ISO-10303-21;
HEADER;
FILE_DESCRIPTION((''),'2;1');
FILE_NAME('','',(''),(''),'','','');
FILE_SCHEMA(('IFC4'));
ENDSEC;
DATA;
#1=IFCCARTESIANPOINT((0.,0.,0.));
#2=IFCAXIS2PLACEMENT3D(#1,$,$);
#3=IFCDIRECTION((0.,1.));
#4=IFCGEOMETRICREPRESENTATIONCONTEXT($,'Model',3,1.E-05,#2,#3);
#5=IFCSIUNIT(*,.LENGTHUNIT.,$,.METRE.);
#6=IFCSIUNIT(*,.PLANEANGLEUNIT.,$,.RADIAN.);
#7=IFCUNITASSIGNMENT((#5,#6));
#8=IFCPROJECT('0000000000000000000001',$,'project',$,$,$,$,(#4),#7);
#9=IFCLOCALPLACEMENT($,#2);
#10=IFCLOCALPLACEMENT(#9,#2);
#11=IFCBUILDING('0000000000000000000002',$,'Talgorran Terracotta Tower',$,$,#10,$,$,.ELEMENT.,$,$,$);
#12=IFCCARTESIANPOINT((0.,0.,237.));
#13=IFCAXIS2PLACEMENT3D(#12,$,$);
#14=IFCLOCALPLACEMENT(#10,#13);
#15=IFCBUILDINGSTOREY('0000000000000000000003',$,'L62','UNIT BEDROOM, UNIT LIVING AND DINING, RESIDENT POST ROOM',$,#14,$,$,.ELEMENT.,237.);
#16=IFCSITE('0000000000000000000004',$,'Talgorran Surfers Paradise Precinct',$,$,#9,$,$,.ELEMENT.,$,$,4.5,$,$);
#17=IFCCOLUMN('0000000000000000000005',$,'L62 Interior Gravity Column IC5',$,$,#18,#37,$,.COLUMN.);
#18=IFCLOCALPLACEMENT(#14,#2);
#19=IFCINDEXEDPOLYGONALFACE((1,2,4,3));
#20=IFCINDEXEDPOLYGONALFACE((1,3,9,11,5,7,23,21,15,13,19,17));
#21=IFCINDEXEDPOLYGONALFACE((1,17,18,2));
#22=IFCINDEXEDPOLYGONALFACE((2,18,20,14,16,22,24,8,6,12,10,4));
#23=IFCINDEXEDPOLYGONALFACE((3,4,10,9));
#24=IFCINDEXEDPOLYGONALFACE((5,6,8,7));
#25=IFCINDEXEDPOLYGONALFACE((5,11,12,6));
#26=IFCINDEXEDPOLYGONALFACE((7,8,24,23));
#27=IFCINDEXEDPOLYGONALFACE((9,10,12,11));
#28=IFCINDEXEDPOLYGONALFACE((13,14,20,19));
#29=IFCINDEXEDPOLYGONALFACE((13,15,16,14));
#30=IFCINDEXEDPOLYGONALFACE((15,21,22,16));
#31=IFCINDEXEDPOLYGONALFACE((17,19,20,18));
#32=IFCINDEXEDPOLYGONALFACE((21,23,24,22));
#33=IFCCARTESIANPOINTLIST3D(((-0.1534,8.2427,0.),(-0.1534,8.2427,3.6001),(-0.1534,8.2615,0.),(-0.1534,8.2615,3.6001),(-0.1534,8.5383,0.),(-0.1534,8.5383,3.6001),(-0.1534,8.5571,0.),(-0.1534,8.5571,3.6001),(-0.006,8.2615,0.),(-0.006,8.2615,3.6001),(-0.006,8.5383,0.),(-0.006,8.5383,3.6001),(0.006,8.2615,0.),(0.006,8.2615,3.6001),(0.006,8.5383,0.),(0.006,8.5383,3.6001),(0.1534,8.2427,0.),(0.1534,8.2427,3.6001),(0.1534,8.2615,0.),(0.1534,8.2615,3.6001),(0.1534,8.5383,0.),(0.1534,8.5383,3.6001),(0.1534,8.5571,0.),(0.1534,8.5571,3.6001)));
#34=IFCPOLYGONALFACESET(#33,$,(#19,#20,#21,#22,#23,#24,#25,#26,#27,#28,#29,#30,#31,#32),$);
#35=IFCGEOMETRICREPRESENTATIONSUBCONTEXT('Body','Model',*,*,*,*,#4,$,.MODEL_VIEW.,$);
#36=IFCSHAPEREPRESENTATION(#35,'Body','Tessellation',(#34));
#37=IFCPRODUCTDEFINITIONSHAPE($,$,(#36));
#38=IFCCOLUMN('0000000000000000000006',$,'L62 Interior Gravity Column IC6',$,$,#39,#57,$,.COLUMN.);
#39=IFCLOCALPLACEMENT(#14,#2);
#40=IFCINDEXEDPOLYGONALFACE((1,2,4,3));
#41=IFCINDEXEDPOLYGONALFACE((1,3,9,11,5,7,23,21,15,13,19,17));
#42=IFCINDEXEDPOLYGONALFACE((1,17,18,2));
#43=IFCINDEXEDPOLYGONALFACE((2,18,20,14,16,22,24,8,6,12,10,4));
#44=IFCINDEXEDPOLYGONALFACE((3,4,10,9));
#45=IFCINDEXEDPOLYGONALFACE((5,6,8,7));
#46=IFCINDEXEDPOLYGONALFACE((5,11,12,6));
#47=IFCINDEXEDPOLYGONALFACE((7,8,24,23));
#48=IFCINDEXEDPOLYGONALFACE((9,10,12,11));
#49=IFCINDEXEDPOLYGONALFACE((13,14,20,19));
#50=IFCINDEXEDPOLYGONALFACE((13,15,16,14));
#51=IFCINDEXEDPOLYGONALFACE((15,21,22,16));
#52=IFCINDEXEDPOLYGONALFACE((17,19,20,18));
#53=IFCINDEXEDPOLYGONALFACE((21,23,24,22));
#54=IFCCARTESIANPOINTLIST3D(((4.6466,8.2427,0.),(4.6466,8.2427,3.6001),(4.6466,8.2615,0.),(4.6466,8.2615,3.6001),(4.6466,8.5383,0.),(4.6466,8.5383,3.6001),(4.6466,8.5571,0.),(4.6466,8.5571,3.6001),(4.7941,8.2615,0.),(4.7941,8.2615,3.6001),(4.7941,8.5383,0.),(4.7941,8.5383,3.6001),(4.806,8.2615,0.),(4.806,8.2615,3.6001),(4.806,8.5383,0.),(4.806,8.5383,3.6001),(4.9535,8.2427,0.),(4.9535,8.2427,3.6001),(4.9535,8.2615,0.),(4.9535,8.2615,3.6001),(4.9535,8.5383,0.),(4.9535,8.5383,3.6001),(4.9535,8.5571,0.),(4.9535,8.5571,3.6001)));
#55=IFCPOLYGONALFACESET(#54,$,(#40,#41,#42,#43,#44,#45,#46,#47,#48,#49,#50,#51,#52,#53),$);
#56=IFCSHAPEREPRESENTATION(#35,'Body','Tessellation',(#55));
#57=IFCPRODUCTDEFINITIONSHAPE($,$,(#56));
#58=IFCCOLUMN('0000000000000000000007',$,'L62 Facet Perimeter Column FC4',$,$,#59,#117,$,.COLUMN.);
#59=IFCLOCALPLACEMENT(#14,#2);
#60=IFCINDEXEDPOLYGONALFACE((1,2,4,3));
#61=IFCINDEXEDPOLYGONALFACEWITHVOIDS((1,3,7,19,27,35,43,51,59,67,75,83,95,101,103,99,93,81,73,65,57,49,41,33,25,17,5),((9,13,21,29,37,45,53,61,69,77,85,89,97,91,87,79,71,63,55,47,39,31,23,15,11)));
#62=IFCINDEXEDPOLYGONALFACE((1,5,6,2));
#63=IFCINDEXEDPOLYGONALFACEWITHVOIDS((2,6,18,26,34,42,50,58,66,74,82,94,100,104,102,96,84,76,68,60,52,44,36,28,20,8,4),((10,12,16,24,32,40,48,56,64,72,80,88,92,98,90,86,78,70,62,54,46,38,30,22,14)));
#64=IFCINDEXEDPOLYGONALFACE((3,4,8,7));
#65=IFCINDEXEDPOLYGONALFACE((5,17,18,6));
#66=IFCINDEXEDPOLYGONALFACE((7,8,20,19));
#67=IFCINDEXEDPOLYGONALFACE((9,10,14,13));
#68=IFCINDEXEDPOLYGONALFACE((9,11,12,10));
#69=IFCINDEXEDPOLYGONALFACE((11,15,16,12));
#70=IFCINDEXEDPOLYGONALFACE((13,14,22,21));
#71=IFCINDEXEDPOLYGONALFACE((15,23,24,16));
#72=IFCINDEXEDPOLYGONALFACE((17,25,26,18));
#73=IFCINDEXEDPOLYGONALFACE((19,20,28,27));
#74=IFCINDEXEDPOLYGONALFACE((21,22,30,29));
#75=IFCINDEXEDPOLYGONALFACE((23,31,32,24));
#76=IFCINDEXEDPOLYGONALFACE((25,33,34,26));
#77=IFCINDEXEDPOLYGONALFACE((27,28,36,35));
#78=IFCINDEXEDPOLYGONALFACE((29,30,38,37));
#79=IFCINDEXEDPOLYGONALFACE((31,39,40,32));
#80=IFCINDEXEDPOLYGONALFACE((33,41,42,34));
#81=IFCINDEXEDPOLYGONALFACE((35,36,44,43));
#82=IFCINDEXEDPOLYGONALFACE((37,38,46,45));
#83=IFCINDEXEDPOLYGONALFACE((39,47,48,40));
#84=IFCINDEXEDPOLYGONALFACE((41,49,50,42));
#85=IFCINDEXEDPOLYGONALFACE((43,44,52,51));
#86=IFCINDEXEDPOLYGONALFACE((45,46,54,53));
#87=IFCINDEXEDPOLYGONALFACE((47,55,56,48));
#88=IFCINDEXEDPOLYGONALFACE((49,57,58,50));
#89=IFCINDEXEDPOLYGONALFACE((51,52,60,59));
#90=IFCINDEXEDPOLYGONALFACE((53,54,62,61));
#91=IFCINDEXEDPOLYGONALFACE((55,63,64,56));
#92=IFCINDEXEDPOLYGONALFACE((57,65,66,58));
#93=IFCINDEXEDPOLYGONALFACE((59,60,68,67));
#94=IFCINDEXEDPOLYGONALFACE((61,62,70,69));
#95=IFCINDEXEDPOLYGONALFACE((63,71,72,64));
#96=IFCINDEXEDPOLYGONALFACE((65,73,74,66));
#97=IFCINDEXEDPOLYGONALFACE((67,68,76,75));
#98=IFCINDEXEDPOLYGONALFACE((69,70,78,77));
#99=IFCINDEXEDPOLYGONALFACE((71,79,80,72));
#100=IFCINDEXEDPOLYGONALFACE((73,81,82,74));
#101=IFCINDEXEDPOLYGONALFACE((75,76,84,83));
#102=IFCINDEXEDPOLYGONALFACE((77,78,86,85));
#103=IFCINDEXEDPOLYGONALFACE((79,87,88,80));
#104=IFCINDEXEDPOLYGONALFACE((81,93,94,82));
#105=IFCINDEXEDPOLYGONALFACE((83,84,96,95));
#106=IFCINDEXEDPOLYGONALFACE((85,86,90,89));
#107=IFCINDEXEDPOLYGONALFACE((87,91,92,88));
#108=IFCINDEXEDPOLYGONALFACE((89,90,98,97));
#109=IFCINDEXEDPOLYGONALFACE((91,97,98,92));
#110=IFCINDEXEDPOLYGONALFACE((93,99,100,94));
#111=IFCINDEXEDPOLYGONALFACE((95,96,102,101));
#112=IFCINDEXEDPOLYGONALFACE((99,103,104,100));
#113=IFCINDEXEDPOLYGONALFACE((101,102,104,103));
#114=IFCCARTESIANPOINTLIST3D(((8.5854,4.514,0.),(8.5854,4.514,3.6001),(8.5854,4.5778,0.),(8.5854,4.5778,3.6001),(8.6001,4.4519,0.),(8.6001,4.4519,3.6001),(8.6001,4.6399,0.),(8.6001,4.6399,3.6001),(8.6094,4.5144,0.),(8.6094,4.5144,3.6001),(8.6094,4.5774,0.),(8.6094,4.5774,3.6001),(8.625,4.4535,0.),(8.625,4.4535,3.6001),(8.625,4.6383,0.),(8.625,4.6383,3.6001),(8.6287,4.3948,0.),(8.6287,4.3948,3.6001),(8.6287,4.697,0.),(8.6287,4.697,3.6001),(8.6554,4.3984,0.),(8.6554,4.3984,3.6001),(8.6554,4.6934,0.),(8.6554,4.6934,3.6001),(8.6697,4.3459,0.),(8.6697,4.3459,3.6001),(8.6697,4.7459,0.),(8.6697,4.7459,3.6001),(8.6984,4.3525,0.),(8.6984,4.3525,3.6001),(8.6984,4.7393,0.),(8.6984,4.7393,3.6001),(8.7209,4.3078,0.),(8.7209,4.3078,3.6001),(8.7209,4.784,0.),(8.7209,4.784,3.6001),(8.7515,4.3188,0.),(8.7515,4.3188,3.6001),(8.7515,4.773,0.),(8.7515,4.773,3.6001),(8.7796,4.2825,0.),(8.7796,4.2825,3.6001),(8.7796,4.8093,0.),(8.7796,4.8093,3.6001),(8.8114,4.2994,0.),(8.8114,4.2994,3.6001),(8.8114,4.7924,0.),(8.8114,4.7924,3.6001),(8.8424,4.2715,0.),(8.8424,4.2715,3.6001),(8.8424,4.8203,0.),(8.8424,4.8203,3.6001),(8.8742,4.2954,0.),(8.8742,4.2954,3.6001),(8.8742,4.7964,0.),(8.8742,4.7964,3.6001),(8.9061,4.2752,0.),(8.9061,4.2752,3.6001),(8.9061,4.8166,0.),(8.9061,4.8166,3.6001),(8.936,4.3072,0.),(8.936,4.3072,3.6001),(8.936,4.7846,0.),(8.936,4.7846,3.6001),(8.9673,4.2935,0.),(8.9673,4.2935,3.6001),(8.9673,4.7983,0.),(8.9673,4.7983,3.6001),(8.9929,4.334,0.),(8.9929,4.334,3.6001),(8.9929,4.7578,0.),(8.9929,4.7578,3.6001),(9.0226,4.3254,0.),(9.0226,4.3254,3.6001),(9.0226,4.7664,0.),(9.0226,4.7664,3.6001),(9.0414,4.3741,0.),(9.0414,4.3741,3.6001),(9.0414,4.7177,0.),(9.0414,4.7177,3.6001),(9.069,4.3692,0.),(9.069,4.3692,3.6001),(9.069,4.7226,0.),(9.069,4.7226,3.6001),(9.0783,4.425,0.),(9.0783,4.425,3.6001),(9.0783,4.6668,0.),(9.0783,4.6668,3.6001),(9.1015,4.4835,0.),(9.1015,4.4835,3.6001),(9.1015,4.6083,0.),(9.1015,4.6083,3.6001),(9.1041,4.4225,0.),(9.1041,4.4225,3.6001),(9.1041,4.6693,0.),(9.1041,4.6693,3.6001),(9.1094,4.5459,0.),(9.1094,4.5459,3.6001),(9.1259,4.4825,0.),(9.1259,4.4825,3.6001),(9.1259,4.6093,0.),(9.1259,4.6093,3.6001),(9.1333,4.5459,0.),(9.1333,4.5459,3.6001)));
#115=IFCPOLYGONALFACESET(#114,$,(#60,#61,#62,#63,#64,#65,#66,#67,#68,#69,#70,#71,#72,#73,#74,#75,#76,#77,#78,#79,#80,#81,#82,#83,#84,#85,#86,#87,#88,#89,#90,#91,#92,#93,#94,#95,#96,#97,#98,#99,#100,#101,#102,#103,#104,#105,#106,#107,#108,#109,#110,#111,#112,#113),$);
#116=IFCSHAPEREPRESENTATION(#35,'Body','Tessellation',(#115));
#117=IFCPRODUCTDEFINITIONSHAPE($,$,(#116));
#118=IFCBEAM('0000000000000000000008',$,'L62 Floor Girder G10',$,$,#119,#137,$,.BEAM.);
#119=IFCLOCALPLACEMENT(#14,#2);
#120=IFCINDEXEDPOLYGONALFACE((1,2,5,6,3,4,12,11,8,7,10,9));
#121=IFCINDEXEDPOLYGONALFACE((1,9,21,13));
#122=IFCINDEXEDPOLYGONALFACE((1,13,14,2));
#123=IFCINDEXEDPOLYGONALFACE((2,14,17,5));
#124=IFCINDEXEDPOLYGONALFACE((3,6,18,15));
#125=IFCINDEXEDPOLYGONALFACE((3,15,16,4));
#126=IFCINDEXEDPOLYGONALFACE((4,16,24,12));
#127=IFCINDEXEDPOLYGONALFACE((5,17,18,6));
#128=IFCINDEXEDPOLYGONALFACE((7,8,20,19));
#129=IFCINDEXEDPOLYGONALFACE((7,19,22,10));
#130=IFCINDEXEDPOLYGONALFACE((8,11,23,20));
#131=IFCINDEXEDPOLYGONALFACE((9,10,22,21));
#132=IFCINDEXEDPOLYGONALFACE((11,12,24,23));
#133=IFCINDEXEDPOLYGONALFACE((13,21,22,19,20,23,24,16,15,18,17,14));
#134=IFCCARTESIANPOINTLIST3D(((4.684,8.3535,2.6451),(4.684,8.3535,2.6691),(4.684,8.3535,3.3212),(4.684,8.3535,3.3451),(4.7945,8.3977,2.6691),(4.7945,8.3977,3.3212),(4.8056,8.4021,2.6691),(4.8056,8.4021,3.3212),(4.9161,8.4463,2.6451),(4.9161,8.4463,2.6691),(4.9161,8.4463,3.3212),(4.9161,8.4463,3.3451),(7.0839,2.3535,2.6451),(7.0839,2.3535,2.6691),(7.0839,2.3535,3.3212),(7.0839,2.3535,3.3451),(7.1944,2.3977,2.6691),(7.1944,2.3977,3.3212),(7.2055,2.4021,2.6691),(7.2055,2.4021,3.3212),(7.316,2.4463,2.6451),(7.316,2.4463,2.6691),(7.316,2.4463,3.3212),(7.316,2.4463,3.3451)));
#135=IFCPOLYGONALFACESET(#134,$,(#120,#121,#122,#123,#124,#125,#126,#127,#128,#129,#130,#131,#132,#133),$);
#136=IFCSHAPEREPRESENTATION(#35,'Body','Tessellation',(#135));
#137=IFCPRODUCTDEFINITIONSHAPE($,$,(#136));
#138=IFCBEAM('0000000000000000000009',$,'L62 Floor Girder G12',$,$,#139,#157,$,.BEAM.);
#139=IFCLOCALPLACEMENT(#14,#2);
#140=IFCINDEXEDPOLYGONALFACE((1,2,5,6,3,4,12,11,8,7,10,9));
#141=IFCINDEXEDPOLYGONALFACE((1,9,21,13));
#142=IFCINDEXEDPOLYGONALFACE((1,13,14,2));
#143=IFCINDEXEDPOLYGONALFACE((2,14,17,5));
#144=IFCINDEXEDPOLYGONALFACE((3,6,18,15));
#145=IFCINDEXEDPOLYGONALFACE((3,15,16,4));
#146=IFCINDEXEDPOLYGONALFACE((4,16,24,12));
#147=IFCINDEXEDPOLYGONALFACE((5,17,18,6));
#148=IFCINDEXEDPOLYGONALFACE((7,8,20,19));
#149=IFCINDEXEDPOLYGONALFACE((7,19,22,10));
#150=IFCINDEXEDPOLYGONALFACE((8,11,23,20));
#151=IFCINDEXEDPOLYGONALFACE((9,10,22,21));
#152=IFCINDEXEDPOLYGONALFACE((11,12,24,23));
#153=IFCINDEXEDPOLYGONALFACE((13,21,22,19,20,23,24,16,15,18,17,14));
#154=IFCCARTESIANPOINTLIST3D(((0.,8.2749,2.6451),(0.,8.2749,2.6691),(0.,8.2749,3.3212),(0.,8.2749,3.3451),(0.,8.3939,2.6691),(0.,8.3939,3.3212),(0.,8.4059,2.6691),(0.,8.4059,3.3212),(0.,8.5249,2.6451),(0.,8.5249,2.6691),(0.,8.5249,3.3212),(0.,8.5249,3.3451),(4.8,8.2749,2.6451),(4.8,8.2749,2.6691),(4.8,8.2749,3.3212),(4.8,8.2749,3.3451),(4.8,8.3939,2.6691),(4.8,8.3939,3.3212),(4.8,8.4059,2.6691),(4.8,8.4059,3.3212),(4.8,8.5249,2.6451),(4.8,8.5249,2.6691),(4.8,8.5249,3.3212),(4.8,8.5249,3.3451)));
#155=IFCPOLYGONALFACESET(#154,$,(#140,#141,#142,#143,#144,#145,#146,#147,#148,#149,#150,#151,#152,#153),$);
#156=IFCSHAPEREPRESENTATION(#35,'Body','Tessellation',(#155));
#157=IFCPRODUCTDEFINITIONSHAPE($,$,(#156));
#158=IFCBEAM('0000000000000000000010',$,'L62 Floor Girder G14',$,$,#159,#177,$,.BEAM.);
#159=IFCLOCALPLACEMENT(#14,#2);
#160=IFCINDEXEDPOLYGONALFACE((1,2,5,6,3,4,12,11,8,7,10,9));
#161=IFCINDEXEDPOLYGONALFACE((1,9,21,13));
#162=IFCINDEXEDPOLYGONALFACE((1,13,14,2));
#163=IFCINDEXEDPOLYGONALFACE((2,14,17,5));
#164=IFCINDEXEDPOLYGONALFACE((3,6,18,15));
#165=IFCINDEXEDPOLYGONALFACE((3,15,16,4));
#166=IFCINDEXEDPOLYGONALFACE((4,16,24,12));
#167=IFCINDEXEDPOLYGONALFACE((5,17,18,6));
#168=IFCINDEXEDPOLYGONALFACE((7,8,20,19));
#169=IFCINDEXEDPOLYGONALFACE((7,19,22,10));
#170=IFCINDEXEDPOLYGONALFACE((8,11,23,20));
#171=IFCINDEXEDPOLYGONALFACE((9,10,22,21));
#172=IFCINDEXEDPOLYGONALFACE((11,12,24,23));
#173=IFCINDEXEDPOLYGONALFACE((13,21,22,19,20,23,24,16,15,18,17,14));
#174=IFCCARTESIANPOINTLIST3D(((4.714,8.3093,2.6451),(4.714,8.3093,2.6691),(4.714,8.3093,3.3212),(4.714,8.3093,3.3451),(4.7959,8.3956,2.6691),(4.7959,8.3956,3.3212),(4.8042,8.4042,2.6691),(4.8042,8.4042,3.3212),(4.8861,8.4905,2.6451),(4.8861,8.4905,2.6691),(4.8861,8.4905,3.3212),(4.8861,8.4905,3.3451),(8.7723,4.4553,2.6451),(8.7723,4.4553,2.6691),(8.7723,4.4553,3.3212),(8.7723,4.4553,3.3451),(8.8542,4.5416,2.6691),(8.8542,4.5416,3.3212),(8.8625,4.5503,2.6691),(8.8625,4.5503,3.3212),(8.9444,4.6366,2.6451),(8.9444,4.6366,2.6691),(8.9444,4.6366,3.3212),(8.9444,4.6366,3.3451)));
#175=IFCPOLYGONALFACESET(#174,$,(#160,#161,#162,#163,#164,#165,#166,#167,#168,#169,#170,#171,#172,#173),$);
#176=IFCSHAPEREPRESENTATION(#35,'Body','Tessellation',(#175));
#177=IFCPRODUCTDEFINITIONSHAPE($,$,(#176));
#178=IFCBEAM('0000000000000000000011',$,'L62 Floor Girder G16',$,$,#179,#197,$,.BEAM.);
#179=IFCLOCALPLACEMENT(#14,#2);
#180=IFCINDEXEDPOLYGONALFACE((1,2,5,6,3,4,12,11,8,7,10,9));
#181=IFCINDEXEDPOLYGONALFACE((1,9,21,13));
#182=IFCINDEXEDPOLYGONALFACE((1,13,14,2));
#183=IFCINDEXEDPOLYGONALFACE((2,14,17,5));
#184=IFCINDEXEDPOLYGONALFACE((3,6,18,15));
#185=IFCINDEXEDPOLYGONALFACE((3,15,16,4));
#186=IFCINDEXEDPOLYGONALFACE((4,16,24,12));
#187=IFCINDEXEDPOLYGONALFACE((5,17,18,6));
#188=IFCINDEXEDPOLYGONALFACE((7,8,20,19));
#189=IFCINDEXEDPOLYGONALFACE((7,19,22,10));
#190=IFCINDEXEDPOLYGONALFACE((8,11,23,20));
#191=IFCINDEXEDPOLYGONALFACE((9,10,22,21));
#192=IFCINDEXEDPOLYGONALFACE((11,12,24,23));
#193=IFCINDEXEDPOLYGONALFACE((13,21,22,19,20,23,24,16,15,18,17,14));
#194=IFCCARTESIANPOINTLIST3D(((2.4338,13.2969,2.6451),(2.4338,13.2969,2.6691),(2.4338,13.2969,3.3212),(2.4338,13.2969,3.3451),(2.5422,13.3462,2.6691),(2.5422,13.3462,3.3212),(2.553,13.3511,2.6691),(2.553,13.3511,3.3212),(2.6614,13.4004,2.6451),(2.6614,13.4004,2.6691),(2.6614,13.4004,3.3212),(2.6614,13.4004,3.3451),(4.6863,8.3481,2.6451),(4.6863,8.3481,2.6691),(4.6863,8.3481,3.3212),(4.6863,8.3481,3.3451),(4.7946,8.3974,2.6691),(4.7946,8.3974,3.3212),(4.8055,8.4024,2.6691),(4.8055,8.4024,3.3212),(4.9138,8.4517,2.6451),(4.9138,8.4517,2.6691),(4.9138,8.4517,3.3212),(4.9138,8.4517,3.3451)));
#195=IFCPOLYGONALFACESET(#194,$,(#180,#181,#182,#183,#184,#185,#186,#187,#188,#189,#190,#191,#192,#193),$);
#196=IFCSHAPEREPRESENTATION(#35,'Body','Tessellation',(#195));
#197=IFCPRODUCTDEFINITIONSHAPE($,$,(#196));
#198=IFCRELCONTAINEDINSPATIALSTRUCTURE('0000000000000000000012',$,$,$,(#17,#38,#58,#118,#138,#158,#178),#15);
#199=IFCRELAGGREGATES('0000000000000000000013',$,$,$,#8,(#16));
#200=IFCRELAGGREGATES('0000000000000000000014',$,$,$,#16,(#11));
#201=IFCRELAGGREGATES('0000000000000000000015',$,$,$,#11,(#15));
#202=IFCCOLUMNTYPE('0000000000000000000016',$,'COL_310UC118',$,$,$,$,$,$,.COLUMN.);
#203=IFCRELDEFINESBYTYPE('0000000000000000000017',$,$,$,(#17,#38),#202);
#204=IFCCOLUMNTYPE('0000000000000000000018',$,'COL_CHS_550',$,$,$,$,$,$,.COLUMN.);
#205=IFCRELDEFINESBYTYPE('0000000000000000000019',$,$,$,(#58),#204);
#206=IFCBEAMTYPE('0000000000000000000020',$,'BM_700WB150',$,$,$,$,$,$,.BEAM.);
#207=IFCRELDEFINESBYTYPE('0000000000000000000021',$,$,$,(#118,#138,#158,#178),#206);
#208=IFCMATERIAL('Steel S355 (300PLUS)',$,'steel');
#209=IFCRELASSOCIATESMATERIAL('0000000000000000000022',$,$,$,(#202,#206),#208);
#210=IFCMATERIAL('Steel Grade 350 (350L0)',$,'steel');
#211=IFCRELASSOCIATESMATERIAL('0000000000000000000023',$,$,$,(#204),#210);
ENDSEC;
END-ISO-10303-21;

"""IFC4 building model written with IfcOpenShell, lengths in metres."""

from ifc_helpers import new_model, si_unit, direction, frame, origin, origin_2d, place, context, subcontext, project, spatial, hollow_circle, i_section, extrude, material, material_profile, profile_set, type_object, element, save


model = new_model("IFC4")

# Units and contexts
model_context = context("Model", 3, precision=1e-05, world=origin(), true_north=direction((0.0, 1.0)))
body_context = subcontext(model_context, "Body", "Model", "MODEL_VIEW")
ifc_project = project(units=[si_unit("LENGTHUNIT", "METRE"), si_unit("PLANEANGLEUNIT", "RADIAN")], contexts=[model_context])

# Site, building, storey
site_placement = place(None, origin())
site = spatial("IfcSite", under=ifc_project, at=site_placement, Name="Talgorran Surfers Paradise Precinct", CompositionType="ELEMENT", RefElevation=4.5)
building_placement = place(site_placement, origin())
building = spatial("IfcBuilding", under=site, at=building_placement, Name="Talgorran Terracotta Tower", CompositionType="ELEMENT")
storey_placement = place(building_placement, frame((0.0, 0.0, 237.0)))
storey = spatial("IfcBuildingStorey", under=building, at=storey_placement, Name="L62", Description="UNIT BEDROOM, UNIT LIVING AND DINING, RESIDENT POST ROOM", CompositionType="ELEMENT", Elevation=237.0)

# Columns
ifc_material_1 = material(Name="Steel S355 (300PLUS)", Category="steel")
ifc_material_profile_1 = material_profile(ifc_material_1, i_section(OverallWidth=0.3069, OverallDepth=0.3145, WebThickness=0.012, FlangeThickness=0.0188, at=origin_2d()), Name="310UC118")
ifc_profile_set_1 = profile_set([ifc_material_profile_1], Name="Steel S355 (300PLUS)")
column_type_1 = type_object("IfcColumnType", Name="COL_310UC118", PredefinedType="COLUMN", material=ifc_profile_set_1)
for number, where, z_axis, x_axis, name in (
    (1, (0.0, 8.3999, 0.0), (0.0, 0.0, 1.0), (1.0, 0.0, 0.0), "L62 Interior Gravity Column IC5"),
    (2, (4.8, 8.3999, 0.0), (0.0, 0.0, 1.0), (1.0, 0.0, 0.0), "L62 Interior Gravity Column IC6"),
):
    element("IfcColumn", number, at=place(storey_placement, frame(where, z_axis=z_axis, x_axis=x_axis)), inside=storey, type_object=column_type_1, Name=name, PredefinedType="COLUMN", context=body_context, shape_type="SweptSolid", body=[
        extrude(i_section(OverallWidth=0.3069, OverallDepth=0.3145, WebThickness=0.012, FlangeThickness=0.0188, at=origin_2d()), origin(), (0.0, 0.0, 1.0), 3.6001),
    ])
ifc_material_2 = material(Name="Steel Grade 350 (350L0)", Category="steel")
ifc_material_profile_2 = material_profile(ifc_material_2, hollow_circle(Radius=0.2749, WallThickness=0.0239, at=origin_2d()), Name="CHS550X24")
ifc_profile_set_2 = profile_set([ifc_material_profile_2], Name="Steel Grade 350 (350L0)")
column_type_2 = type_object("IfcColumnType", Name="COL_CHS_550", PredefinedType="COLUMN", material=ifc_profile_set_2)
column_placement = place(storey_placement, frame((8.8584, 4.5459, 0.0), z_axis=(0.0, 0.0, 1.0), x_axis=(1.0, 0.0, 0.0)))
element("IfcColumn", 3, at=column_placement, inside=storey, type_object=column_type_2, Name="L62 Facet Perimeter Column FC4", PredefinedType="COLUMN", context=body_context, shape_type="SweptSolid", body=[
    extrude(hollow_circle(Radius=0.2749, WallThickness=0.0239, at=origin_2d()), origin(), (0.0, 0.0, 1.0), 3.6001),
])

# Beams
ifc_material_profile_3 = material_profile(ifc_material_1, i_section(OverallWidth=0.25, OverallDepth=0.7, WebThickness=0.012, FlangeThickness=0.0239, at=origin_2d()), Name="700WB150")
ifc_profile_set_3 = profile_set([ifc_material_profile_3], Name="Steel S355 (300PLUS)")
beam_type_1 = type_object("IfcBeamType", Name="BM_700WB150", PredefinedType="BEAM", material=ifc_profile_set_3)
beam_1_placement = place(storey_placement, frame((7.2, 2.3999, 2.9951), z_axis=(-0.371378, 0.928482, 0.0), x_axis=(-0.928482, -0.371378, 0.0)))
element("IfcBeam", 4, at=beam_1_placement, inside=storey, type_object=beam_type_1, Name="L62 Floor Girder G10", PredefinedType="BEAM", context=body_context, shape_type="SweptSolid", body=[
    extrude(i_section(OverallWidth=0.25, OverallDepth=0.7, WebThickness=0.012, FlangeThickness=0.0239, at=origin_2d()), origin(), (0.0, 0.0, 1.0), 6.4622),
])
beam_2_placement = place(storey_placement, frame((0.0, 8.3999, 2.9951), z_axis=(1.0, 0.0, 0.0), x_axis=(0.0, 1.0, 0.0)))
element("IfcBeam", 5, at=beam_2_placement, inside=storey, type_object=beam_type_1, Name="L62 Floor Girder G12", PredefinedType="BEAM", context=body_context, shape_type="SweptSolid", body=[
    extrude(i_section(OverallWidth=0.25, OverallDepth=0.7, WebThickness=0.012, FlangeThickness=0.0239, at=origin_2d()), origin(), (0.0, 0.0, 1.0), 4.8),
])
beam_3_placement = place(storey_placement, frame((4.8, 8.3999, 2.9951), z_axis=(0.725127, -0.688615, 0.0), x_axis=(0.688615, 0.725127, 0.0)))
element("IfcBeam", 6, at=beam_3_placement, inside=storey, type_object=beam_type_1, Name="L62 Floor Girder G14", PredefinedType="BEAM", context=body_context, shape_type="SweptSolid", body=[
    extrude(i_section(OverallWidth=0.25, OverallDepth=0.7, WebThickness=0.012, FlangeThickness=0.0239, at=origin_2d()), origin(), (0.0, 0.0, 1.0), 5.5967),
])
beam_4_placement = place(storey_placement, frame((4.8, 8.3999, 2.9951), z_axis=(-0.414263, 0.910157, 0.0), x_axis=(-0.910157, -0.414263, 0.0)))
element("IfcBeam", 7, at=beam_4_placement, inside=storey, type_object=beam_type_1, Name="L62 Floor Girder G16", PredefinedType="BEAM", context=body_context, shape_type="SweptSolid", body=[
    extrude(i_section(OverallWidth=0.25, OverallDepth=0.7, WebThickness=0.012, FlangeThickness=0.0239, at=origin_2d()), origin(), (0.0, 0.0, 1.0), 5.4373),
])

save(model, "model.ifc")
